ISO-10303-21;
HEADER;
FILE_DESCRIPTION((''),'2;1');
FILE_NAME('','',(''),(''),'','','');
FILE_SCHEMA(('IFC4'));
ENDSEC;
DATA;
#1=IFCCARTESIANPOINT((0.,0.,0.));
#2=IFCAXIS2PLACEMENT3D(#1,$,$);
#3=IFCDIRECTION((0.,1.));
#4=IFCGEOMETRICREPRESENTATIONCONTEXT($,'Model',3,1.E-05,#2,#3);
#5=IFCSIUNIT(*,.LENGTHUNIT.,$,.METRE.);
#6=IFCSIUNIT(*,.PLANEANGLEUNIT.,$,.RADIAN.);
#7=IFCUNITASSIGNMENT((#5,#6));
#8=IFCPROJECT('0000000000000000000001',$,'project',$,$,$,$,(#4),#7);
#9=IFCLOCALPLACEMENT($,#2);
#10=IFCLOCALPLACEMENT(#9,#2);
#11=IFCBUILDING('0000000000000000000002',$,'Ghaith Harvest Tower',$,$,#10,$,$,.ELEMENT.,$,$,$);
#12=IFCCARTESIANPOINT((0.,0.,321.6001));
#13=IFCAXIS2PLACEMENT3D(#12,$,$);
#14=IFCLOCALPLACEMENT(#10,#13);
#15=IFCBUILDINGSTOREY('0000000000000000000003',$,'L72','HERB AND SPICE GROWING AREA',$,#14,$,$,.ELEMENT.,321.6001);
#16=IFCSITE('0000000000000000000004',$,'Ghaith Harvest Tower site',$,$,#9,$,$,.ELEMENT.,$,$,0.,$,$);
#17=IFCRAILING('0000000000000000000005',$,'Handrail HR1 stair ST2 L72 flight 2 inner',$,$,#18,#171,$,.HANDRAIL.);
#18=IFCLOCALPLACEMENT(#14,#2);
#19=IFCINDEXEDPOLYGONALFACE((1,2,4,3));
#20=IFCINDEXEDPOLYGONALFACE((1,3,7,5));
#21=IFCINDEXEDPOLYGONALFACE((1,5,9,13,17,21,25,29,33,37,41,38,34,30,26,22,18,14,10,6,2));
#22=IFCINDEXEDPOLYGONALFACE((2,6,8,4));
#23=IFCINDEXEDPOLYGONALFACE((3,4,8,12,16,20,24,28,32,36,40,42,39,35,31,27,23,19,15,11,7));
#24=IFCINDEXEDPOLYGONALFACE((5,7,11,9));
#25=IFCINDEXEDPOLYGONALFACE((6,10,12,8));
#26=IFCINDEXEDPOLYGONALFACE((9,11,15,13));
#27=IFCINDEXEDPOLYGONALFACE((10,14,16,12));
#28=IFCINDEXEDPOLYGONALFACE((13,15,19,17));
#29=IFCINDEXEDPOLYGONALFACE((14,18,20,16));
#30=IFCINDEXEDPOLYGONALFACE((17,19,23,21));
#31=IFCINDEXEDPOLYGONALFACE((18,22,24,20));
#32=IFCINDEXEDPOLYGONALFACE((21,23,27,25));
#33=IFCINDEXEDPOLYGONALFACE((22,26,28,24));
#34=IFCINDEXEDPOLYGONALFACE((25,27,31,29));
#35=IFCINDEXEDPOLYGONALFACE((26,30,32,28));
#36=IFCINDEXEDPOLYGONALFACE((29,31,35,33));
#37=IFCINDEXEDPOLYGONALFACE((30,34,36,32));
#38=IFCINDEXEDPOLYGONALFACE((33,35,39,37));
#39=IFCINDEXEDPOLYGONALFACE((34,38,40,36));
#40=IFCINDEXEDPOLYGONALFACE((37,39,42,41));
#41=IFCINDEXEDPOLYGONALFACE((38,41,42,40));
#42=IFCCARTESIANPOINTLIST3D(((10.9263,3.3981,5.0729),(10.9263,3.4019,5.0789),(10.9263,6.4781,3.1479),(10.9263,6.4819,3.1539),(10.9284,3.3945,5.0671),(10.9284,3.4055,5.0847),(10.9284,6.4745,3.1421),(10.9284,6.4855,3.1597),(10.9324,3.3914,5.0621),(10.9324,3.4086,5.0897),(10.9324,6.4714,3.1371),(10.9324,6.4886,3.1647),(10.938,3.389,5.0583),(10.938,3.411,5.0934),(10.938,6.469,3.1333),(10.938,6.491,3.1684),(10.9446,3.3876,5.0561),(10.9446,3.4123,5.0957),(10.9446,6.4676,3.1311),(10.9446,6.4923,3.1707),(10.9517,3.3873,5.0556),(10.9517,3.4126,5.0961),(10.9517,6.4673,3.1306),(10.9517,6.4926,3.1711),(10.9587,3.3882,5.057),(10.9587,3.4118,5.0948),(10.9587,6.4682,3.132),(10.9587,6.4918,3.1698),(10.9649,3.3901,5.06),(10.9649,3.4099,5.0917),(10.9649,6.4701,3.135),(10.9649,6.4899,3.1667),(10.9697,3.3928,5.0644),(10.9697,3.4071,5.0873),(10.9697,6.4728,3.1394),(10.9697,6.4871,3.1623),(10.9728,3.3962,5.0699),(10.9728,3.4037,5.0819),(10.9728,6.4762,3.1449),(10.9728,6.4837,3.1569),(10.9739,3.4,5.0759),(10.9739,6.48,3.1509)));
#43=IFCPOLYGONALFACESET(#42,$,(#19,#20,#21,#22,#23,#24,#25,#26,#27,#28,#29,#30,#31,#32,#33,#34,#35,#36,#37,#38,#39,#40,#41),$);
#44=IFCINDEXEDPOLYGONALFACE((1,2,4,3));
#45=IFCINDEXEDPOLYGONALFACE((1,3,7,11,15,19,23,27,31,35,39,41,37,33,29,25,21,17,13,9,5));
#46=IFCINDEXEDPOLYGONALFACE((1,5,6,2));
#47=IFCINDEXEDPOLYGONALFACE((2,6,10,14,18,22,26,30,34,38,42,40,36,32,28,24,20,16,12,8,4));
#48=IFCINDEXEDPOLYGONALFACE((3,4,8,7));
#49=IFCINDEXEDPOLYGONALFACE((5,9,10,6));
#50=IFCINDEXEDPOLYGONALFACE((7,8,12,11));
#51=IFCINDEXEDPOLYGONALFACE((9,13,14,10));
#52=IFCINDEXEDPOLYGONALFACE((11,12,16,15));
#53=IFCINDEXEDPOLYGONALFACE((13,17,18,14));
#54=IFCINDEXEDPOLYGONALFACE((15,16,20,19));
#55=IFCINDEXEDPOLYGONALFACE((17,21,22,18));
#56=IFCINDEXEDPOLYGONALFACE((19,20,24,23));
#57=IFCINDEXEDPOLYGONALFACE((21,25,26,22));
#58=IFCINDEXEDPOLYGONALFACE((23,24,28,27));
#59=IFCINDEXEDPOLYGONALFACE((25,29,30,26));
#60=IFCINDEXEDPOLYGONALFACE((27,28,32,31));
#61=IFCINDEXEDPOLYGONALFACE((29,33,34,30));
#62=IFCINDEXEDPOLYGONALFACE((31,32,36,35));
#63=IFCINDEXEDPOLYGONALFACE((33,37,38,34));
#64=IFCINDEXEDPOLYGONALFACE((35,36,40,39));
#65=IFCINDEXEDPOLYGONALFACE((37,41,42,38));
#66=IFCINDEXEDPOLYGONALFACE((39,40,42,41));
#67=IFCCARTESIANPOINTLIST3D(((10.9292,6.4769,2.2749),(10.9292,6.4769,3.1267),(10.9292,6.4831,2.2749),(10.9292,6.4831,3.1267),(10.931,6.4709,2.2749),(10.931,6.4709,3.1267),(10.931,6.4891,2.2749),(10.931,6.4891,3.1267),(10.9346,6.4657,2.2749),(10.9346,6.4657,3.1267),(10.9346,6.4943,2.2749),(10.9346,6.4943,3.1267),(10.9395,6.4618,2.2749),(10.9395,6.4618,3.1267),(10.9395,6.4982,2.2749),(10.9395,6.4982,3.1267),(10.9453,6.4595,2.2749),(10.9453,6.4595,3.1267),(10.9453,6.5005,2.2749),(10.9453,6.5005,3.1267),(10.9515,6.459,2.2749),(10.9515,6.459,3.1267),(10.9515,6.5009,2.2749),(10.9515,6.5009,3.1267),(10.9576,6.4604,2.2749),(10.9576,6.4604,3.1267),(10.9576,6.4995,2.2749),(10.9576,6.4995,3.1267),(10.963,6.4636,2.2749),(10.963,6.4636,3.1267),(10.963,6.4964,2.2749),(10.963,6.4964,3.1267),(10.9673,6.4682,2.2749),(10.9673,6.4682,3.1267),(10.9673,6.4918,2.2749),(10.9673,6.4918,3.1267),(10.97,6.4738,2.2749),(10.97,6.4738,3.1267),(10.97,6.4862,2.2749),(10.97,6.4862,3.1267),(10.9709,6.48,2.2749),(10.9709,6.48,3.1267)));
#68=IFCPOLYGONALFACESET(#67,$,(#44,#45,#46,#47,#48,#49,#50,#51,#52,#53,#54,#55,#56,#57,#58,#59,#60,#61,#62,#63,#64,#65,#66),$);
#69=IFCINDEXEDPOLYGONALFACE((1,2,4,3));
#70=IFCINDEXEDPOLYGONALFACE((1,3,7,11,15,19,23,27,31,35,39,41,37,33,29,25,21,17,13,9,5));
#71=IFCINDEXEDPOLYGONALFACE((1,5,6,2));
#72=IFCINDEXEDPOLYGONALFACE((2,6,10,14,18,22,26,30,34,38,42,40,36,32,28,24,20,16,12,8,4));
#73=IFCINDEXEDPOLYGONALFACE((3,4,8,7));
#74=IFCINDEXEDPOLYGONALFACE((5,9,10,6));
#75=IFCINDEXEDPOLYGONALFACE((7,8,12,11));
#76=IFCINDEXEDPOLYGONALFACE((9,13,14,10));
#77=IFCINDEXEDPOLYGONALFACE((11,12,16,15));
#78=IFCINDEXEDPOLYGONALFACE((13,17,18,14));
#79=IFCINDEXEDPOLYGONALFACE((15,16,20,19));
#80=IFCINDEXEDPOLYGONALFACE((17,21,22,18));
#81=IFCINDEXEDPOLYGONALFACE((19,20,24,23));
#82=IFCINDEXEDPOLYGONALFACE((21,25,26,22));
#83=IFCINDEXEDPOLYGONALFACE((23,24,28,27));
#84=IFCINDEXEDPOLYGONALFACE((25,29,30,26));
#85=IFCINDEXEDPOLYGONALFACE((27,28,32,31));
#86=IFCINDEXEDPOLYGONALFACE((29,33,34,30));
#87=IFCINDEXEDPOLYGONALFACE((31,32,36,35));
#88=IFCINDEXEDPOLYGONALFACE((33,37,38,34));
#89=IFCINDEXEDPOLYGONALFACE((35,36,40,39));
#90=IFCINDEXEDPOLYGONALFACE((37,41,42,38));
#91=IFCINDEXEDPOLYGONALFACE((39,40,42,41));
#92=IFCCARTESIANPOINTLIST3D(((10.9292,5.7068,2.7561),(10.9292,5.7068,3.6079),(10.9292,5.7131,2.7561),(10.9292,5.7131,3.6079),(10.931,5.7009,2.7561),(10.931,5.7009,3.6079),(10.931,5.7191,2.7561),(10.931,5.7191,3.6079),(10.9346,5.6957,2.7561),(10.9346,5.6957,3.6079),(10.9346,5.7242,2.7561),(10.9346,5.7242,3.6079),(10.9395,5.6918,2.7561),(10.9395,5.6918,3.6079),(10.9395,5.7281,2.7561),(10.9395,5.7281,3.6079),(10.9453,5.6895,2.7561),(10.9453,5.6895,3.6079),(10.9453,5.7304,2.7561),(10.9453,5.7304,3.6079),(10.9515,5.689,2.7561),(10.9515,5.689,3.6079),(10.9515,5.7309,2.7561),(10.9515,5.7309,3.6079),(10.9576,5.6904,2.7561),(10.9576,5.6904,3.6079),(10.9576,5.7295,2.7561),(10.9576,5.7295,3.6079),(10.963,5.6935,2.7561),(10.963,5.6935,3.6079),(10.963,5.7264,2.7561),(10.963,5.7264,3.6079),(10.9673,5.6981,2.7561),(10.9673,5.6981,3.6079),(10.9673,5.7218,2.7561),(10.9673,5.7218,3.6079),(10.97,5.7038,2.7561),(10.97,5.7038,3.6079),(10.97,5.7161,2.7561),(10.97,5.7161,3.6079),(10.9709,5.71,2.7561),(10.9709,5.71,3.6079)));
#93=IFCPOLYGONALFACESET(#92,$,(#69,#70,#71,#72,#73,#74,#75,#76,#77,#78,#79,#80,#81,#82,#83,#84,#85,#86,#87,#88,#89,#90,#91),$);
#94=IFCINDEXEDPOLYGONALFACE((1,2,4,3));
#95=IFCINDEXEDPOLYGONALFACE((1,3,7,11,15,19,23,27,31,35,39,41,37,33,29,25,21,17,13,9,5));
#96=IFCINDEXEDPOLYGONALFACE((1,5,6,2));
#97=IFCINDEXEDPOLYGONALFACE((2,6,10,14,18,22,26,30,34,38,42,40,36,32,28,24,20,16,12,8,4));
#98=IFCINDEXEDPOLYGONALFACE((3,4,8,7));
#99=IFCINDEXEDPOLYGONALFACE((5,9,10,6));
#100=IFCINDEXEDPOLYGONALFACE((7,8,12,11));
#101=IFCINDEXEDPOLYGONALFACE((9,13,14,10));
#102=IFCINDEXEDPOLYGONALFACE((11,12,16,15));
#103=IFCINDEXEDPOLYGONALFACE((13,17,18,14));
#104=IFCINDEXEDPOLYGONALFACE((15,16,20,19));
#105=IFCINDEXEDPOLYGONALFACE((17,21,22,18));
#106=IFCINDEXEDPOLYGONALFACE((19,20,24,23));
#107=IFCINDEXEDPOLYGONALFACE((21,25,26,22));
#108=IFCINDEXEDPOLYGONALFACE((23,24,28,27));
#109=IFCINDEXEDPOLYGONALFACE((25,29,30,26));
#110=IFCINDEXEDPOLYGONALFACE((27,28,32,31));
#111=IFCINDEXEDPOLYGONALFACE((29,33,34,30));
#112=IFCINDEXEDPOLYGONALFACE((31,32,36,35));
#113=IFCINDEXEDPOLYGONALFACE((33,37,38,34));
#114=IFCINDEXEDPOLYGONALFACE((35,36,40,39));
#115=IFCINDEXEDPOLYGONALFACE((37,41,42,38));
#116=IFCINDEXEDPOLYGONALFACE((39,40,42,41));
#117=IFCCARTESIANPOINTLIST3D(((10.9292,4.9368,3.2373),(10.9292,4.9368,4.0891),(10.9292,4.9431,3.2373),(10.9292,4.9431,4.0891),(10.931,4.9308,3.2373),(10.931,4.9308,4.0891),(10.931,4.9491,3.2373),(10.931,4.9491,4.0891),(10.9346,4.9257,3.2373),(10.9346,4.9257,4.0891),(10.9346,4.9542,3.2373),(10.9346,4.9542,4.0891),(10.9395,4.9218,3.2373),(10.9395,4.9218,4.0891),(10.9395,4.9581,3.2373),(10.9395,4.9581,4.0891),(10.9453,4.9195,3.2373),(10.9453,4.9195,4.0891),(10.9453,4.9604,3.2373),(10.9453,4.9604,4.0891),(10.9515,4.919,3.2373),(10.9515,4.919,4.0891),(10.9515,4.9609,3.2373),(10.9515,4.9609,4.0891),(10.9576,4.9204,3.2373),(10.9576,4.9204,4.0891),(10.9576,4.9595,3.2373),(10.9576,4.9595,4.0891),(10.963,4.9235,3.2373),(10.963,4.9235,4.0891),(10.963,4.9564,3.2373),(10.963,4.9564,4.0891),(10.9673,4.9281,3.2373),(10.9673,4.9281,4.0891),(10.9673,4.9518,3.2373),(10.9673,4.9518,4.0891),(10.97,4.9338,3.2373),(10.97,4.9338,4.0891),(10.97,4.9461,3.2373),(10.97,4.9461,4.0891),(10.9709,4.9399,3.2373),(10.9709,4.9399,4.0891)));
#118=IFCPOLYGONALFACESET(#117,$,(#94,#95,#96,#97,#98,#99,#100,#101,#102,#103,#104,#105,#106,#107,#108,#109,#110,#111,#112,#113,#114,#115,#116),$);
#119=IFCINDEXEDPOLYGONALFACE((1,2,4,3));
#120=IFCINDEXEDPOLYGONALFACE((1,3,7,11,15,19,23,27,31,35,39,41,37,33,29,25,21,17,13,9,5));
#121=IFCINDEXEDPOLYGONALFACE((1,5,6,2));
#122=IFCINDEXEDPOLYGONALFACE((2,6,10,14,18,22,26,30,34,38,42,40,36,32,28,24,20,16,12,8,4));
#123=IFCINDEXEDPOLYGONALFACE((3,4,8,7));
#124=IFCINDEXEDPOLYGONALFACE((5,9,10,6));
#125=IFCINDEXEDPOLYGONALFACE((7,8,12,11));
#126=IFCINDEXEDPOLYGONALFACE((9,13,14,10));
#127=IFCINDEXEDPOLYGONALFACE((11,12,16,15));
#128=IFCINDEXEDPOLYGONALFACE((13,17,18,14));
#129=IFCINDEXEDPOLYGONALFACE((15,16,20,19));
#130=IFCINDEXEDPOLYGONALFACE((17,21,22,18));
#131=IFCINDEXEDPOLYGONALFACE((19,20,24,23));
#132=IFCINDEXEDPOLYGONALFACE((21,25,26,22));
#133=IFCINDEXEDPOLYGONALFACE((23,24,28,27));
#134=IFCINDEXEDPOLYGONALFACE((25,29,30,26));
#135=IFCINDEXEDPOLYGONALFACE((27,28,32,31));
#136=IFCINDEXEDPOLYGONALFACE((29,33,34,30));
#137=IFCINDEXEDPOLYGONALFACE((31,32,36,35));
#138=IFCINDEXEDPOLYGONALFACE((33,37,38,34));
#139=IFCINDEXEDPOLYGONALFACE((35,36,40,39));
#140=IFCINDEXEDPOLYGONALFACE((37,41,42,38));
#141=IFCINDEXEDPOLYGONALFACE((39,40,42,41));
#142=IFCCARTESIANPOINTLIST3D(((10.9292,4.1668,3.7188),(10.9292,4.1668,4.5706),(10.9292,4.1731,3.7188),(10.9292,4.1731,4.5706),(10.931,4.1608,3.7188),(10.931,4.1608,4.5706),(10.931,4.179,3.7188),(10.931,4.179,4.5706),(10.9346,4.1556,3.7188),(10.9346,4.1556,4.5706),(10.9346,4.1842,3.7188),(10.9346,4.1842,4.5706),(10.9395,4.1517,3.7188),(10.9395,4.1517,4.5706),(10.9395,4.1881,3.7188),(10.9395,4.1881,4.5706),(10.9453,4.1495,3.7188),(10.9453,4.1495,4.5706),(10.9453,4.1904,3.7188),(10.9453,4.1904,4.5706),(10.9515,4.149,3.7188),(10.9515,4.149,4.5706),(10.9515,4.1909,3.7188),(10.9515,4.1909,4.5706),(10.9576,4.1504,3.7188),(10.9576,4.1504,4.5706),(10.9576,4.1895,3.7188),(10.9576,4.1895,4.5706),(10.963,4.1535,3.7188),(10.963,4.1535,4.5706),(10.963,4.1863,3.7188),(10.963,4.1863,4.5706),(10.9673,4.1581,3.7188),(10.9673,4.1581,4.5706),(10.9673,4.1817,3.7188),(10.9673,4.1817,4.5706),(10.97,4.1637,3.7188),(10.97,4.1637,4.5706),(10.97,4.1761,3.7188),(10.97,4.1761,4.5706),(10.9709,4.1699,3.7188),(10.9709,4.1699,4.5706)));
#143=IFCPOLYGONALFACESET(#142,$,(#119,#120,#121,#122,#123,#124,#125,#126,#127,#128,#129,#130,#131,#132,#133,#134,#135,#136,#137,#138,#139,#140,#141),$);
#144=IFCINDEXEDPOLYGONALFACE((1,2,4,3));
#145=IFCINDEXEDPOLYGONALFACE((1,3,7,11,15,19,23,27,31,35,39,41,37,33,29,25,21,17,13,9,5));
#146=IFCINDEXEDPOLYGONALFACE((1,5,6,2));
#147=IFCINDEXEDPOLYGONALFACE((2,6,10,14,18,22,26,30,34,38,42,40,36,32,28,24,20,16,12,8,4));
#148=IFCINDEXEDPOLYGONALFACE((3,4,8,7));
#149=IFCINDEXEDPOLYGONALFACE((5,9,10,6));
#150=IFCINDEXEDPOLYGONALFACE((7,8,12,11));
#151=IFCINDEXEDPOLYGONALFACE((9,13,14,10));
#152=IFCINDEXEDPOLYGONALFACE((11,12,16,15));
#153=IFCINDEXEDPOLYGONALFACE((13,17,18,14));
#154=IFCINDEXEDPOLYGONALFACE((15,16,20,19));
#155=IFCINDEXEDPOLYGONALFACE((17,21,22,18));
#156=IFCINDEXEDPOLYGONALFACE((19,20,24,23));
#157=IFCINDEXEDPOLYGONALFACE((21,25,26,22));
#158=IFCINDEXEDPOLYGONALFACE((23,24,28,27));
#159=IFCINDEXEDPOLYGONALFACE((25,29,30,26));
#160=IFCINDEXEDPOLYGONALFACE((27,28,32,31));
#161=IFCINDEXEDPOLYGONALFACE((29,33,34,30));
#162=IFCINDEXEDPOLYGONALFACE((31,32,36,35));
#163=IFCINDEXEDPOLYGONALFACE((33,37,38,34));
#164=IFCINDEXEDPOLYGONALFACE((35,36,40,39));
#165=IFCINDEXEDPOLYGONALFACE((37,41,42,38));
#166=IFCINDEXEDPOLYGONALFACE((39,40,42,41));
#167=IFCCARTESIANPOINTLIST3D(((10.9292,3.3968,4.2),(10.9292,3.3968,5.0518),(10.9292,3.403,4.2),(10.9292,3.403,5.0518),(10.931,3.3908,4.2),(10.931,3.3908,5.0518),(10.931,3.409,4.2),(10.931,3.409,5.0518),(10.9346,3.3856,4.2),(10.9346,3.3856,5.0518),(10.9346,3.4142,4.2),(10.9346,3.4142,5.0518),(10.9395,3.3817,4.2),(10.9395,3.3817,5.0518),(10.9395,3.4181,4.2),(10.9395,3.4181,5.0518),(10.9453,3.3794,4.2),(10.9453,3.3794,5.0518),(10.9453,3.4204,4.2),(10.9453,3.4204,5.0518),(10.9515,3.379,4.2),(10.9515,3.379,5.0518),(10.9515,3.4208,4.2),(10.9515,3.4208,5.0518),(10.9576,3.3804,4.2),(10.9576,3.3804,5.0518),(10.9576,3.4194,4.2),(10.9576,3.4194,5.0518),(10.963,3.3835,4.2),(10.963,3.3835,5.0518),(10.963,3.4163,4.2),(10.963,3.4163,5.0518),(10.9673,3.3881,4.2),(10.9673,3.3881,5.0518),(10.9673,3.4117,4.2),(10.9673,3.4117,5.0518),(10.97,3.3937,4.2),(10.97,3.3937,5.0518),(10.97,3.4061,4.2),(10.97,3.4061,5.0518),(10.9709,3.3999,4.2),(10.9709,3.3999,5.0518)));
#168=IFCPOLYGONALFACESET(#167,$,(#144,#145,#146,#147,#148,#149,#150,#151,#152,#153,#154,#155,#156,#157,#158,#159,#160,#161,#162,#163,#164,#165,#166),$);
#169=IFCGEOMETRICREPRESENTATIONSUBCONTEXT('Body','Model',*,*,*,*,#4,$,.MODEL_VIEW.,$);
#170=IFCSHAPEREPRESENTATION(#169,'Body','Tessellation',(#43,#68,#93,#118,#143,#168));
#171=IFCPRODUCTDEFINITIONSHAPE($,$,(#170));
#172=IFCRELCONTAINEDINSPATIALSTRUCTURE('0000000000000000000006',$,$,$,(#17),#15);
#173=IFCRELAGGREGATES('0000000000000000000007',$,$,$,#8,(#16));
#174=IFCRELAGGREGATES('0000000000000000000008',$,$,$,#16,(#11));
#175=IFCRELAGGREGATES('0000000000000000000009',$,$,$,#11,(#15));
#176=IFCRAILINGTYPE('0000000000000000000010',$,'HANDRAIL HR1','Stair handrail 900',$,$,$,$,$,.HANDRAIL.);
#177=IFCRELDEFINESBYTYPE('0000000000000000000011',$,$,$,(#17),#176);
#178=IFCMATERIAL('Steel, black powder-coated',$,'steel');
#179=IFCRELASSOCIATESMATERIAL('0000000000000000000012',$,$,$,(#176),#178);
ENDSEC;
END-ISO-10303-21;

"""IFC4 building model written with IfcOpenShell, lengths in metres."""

from ifc_helpers import new_model, si_unit, direction, frame, origin, origin_2d, place, context, subcontext, project, spatial, circle, extrude, material, type_object, element, save


model = new_model("IFC4")

# Units and contexts
model_context = context("Model", 3, precision=1e-05, world=origin(), true_north=direction((0.0, 1.0)))
body_context = subcontext(model_context, "Body", "Model", "MODEL_VIEW")
ifc_project = project(units=[si_unit("LENGTHUNIT", "METRE"), si_unit("PLANEANGLEUNIT", "RADIAN")], contexts=[model_context])

# Site, building, storey
site_placement = place(None, origin())
site = spatial("IfcSite", under=ifc_project, at=site_placement, Name="Ghaith Harvest Tower site", CompositionType="ELEMENT", RefElevation=0.0)
building_placement = place(site_placement, origin())
building = spatial("IfcBuilding", under=site, at=building_placement, Name="Ghaith Harvest Tower", CompositionType="ELEMENT")
storey_placement = place(building_placement, frame((0.0, 0.0, 321.6001)))
storey = spatial("IfcBuildingStorey", under=building, at=storey_placement, Name="L72", Description="HERB AND SPICE GROWING AREA", CompositionType="ELEMENT", Elevation=321.6001)

# Railing
ifc_material_1 = material(Name="Steel, black powder-coated", Category="steel")
railing_type = type_object("IfcRailingType", Name="HANDRAIL HR1", Description="Stair handrail 900", PredefinedType="HANDRAIL", material=ifc_material_1)
railing_1_placement = place(storey_placement, frame((10.95, 6.48, 2.2749)))
element("IfcRailing", 1, at=railing_1_placement, inside=storey, type_object=railing_type, Name="Handrail HR1 stair ST2 L72 flight 2 inner", PredefinedType="HANDRAIL", context=body_context, shape_type="SweptSolid", body=[
    extrude(circle(Radius=0.0239, at=origin_2d()), frame((0.0, 0.0, 0.876), z_axis=(0.0, -0.847998, 0.529999), x_axis=(1.0, 0.0, 0.0)), (0.0, 0.0, 1.0), 3.6321),
    extrude(circle(Radius=0.021, at=origin_2d()), origin(), (0.0, 0.0, 1.0), 0.8518),
    extrude(circle(Radius=0.021, at=origin_2d()), frame((0.0, -0.77, 0.4812)), (0.0, 0.0, 1.0), 0.8518),
    extrude(circle(Radius=0.021, at=origin_2d()), frame((0.0, -1.54, 0.9624)), (0.0, 0.0, 1.0), 0.8518),
    extrude(circle(Radius=0.021, at=origin_2d()), frame((0.0, -2.3101, 1.4438)), (0.0, 0.0, 1.0), 0.8518),
    extrude(circle(Radius=0.021, at=origin_2d()), frame((0.0, -3.0801, 1.925)), (0.0, 0.0, 1.0), 0.8518),
])

save(model, "model.ifc")
